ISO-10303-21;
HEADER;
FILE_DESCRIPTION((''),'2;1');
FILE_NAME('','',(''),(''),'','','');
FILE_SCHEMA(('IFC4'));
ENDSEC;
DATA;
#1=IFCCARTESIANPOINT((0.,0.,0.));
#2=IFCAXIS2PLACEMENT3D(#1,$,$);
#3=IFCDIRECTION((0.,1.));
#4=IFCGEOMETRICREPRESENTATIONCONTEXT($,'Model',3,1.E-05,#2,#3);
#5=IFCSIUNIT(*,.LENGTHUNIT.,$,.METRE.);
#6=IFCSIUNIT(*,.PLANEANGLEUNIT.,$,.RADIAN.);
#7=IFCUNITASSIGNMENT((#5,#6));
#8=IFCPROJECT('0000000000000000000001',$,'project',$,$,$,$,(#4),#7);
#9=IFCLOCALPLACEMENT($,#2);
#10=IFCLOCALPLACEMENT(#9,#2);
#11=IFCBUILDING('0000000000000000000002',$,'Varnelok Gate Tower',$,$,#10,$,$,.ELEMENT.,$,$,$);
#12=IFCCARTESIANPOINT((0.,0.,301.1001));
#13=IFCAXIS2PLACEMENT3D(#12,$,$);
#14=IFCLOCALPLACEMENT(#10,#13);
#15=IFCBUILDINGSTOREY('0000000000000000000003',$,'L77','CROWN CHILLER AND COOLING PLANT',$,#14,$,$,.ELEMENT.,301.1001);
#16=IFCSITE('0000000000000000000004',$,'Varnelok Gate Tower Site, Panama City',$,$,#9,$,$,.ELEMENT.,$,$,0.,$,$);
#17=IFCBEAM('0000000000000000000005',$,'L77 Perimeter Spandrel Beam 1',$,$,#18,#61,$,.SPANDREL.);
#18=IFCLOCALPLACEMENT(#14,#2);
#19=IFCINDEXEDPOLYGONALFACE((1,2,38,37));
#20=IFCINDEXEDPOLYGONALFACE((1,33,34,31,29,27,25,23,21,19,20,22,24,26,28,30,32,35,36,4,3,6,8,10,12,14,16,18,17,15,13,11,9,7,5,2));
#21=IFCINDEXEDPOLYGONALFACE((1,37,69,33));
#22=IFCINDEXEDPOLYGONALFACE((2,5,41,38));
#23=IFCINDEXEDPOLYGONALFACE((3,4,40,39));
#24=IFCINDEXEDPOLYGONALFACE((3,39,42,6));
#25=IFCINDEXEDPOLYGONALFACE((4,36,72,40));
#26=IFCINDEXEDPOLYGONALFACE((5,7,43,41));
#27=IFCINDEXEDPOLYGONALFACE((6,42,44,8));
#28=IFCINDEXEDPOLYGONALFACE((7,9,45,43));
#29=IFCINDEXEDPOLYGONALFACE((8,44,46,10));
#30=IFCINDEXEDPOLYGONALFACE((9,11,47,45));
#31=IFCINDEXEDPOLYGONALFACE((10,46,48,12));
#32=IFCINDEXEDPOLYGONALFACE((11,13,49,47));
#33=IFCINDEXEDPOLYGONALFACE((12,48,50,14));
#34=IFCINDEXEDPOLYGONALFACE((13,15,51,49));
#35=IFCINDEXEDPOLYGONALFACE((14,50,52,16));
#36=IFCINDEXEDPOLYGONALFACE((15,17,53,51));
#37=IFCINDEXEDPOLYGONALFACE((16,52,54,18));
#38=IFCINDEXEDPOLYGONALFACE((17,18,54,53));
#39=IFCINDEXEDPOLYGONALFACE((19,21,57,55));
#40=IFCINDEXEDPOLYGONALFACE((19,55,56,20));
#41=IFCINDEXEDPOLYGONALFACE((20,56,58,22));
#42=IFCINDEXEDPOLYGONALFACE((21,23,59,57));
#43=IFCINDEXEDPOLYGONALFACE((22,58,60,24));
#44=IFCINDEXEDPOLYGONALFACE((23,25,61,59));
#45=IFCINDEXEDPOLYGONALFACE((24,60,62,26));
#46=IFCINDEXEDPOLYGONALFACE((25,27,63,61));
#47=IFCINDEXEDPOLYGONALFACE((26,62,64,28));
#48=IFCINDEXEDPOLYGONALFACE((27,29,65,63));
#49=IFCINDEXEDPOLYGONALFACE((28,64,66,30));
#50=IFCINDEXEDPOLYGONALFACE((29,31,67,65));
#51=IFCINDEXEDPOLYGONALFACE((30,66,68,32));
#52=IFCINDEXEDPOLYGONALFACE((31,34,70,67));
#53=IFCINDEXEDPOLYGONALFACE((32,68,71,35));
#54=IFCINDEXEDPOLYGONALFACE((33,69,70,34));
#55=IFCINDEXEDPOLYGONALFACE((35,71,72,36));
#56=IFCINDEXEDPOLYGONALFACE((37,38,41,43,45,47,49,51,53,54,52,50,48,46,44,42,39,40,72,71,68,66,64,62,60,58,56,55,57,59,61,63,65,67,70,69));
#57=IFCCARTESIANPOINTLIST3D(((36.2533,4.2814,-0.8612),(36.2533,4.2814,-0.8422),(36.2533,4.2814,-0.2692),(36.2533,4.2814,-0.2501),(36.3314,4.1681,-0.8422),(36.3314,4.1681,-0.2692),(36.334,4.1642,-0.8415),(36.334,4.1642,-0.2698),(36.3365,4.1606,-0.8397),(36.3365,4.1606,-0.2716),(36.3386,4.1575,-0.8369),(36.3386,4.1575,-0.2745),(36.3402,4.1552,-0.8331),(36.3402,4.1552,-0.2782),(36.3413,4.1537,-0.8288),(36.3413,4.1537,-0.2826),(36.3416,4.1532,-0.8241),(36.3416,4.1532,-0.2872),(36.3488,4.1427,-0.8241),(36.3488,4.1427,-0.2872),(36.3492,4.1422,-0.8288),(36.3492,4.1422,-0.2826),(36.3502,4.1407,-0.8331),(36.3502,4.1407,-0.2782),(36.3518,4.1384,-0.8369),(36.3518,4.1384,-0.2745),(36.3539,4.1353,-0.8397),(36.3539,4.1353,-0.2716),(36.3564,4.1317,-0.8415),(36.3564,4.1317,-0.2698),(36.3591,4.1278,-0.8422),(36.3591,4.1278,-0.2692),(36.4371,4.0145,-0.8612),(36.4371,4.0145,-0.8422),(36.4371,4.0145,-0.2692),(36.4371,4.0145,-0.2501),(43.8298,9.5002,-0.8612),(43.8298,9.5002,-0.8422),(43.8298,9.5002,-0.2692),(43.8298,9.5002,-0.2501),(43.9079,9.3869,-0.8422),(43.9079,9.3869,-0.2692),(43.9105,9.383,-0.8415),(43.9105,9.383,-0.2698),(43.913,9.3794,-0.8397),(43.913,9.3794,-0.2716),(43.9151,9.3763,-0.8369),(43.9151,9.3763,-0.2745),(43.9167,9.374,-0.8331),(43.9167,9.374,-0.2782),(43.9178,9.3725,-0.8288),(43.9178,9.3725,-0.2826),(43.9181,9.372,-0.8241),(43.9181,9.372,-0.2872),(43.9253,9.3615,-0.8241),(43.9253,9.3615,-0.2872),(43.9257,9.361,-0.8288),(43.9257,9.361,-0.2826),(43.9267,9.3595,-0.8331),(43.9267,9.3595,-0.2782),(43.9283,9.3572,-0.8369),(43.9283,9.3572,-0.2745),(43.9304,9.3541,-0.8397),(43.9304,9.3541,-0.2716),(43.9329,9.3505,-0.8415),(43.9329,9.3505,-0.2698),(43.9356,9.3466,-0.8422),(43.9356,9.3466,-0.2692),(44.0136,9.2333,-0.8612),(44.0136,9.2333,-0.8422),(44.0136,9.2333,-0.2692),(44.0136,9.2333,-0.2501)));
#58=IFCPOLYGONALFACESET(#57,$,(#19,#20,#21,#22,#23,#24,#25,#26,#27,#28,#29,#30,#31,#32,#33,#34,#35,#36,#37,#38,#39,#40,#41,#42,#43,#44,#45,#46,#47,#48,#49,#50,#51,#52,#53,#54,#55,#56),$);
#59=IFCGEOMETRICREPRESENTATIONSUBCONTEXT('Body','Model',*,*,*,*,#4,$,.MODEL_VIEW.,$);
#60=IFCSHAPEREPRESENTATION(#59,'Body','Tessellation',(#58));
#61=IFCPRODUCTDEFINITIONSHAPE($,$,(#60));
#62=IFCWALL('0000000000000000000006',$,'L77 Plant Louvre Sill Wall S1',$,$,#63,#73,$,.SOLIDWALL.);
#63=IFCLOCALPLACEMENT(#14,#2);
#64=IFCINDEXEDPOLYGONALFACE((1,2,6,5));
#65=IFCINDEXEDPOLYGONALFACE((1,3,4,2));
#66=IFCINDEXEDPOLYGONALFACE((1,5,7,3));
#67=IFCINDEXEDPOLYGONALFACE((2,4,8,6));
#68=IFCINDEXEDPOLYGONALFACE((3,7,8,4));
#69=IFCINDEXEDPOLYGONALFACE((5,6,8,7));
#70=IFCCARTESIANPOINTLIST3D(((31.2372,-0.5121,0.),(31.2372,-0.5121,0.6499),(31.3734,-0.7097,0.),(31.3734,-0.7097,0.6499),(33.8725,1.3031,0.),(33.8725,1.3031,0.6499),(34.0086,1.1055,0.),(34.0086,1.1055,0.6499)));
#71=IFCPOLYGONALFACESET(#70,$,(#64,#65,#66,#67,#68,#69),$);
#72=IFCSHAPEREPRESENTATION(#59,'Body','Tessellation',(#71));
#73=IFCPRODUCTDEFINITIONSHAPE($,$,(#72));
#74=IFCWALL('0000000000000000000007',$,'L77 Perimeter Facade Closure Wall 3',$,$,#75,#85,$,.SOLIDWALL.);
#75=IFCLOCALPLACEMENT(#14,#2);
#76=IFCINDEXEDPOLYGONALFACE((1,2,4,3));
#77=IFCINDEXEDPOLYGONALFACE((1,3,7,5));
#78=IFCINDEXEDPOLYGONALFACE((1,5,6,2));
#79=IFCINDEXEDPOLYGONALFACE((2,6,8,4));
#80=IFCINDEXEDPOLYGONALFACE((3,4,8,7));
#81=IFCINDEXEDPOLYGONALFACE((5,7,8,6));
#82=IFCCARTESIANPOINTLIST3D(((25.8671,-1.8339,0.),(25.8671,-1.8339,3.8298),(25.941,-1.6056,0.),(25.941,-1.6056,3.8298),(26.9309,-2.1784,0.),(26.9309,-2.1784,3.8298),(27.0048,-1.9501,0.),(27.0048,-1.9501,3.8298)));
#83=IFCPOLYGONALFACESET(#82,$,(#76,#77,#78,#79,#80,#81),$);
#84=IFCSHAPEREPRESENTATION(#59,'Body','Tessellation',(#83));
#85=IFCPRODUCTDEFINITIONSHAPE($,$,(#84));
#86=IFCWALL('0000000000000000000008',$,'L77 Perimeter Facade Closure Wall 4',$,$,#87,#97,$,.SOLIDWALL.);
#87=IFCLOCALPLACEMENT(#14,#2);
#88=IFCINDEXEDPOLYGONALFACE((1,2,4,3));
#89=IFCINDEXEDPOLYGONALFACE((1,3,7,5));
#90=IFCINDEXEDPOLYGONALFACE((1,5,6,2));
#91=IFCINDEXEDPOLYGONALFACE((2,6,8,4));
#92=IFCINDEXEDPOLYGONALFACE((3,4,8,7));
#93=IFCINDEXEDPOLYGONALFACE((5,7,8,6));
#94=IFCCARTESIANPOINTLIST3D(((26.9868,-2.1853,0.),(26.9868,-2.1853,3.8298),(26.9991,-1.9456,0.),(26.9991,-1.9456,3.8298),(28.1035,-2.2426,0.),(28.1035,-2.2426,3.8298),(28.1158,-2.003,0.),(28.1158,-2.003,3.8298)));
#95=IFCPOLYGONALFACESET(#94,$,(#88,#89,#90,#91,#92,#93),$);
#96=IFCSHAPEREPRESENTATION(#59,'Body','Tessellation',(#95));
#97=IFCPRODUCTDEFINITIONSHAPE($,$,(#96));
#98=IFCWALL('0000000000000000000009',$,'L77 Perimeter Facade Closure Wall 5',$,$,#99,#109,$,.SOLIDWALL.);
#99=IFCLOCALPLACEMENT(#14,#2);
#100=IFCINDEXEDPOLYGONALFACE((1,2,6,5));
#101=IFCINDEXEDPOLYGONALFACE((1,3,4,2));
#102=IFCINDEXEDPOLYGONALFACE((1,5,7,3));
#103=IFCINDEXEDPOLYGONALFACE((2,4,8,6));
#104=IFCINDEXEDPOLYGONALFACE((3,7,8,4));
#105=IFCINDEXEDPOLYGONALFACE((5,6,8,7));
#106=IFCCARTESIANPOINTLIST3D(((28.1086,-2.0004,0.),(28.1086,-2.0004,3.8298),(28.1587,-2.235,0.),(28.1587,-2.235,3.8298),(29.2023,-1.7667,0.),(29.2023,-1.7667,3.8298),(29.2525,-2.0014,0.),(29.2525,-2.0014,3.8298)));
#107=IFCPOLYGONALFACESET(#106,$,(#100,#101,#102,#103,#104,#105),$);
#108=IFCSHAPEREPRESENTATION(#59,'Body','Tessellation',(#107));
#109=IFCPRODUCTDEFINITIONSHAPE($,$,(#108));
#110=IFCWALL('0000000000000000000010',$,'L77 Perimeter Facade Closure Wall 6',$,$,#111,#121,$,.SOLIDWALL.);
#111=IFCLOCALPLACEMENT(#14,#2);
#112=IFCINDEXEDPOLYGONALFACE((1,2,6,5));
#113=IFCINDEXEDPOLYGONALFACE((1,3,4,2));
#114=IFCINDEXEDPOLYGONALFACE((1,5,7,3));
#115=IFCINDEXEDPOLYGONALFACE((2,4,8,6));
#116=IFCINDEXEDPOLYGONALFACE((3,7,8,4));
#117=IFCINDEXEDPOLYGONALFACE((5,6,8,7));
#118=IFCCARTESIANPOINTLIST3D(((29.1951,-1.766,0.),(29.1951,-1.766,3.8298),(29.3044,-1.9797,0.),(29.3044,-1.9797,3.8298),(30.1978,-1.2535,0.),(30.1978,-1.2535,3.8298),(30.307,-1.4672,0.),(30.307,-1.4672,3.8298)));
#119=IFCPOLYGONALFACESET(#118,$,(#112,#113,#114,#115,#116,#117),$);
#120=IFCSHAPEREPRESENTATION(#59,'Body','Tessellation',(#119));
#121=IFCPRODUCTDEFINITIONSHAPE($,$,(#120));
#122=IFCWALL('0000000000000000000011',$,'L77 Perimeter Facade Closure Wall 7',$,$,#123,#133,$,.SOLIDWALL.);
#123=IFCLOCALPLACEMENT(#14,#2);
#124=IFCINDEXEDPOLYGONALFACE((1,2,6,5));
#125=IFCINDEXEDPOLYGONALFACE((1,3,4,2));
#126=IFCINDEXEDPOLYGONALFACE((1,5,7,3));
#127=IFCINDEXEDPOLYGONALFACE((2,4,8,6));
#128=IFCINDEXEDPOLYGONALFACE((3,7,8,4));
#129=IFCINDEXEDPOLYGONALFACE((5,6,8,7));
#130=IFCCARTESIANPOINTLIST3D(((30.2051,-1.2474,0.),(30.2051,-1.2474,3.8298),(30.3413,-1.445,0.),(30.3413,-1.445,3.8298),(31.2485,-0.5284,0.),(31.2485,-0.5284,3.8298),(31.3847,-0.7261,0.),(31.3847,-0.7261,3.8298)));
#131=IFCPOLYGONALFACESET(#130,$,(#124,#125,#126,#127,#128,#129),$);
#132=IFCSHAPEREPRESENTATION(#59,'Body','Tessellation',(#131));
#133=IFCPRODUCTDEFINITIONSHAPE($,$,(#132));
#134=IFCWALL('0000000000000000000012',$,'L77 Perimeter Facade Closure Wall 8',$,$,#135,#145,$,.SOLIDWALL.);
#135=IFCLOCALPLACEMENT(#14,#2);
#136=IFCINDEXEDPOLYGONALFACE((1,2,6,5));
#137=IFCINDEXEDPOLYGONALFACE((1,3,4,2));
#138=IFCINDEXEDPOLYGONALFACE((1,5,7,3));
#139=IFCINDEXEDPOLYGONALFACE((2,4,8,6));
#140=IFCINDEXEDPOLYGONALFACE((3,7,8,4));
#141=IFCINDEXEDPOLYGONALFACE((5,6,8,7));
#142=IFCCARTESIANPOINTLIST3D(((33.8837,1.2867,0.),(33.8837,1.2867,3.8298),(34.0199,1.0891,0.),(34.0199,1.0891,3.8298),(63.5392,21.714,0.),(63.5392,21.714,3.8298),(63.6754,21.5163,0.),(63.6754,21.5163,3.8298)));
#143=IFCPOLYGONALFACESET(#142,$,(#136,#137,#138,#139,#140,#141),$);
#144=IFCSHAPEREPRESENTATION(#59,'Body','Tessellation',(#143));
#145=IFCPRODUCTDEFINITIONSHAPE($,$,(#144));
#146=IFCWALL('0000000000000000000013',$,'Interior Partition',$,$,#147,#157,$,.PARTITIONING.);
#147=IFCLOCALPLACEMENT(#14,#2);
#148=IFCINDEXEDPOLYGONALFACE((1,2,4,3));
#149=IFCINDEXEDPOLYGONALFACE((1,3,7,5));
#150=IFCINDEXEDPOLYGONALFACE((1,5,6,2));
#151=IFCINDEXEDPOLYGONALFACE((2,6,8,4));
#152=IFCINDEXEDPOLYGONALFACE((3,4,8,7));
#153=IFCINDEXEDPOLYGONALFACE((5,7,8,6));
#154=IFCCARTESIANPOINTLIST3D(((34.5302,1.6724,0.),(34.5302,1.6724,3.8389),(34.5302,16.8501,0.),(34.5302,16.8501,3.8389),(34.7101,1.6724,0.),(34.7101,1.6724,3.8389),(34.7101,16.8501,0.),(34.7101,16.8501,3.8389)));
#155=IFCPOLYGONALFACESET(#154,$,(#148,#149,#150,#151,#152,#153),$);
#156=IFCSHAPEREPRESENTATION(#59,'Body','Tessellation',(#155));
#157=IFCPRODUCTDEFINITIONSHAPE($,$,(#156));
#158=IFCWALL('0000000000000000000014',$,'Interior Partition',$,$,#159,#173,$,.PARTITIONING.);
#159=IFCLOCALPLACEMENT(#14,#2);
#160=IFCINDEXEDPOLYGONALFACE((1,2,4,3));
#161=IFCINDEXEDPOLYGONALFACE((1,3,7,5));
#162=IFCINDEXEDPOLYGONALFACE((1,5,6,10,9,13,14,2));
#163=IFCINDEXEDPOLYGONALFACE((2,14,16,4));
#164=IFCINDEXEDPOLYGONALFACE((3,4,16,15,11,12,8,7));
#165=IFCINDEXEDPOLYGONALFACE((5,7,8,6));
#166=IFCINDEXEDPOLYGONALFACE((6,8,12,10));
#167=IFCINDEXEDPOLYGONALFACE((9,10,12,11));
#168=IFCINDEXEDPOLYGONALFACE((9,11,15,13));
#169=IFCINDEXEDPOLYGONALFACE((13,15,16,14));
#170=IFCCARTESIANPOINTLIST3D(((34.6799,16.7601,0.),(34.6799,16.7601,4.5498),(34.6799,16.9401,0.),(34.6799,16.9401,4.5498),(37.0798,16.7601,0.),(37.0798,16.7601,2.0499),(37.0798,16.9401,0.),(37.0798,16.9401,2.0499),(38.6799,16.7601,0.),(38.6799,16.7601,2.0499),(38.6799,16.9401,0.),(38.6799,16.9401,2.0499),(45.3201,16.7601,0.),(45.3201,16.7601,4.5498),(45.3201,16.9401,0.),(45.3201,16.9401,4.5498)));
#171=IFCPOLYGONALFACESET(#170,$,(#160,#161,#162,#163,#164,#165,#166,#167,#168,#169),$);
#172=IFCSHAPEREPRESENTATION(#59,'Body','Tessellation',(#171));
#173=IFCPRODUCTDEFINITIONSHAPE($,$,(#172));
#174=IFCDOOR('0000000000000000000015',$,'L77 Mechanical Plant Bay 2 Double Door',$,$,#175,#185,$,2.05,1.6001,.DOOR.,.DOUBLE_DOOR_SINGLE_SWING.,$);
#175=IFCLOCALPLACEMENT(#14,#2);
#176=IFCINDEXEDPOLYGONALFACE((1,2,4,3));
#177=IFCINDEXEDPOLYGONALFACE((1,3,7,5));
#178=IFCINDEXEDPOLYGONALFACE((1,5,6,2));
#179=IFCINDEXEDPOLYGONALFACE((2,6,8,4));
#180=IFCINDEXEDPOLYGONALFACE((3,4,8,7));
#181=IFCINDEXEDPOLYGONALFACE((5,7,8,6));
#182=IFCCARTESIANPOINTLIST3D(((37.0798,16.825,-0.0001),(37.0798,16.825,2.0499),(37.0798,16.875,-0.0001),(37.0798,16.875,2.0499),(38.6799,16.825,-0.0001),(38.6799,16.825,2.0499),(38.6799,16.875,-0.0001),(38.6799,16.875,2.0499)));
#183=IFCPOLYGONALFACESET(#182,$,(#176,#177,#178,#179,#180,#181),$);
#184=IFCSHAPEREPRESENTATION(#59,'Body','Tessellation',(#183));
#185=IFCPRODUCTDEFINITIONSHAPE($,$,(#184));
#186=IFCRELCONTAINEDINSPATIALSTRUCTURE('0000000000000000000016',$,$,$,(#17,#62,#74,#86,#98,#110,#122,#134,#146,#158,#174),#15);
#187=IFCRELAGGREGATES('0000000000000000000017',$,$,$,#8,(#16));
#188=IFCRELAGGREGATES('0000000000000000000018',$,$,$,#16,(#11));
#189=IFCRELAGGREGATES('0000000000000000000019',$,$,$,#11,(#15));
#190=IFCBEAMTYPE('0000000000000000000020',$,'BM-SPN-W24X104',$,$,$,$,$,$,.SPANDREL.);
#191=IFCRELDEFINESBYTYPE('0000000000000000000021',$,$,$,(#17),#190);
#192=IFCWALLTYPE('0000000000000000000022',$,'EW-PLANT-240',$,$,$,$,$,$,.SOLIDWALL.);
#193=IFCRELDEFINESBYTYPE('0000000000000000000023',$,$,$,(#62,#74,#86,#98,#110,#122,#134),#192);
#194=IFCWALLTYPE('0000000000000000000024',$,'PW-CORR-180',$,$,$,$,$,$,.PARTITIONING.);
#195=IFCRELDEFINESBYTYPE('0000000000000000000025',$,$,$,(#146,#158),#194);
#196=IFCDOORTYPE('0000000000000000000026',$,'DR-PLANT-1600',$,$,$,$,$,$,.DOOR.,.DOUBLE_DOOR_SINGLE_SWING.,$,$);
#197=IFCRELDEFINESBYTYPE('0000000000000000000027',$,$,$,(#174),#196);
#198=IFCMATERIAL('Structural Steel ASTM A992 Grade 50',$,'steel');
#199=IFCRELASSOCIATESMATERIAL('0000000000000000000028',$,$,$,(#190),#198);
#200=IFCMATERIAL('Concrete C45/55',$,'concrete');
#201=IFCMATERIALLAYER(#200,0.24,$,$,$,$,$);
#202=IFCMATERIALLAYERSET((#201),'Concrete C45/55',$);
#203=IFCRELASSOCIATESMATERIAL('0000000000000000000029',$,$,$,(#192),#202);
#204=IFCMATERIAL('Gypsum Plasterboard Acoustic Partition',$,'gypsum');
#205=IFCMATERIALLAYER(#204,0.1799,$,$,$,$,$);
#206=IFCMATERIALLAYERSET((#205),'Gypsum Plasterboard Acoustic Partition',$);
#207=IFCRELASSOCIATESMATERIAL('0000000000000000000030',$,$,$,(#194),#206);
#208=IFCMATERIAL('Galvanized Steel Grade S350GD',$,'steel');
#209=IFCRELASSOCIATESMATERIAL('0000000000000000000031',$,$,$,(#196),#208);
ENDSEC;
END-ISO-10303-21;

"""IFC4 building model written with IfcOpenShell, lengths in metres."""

from ifc_helpers import new_model, si_unit, direction, frame, frame_2d, origin, origin_2d, place, context, subcontext, project, spatial, rectangle, i_section, extrude, material, layer, layer_set, material_profile, profile_set, type_object, element, fill, save


model = new_model("IFC4")

# Units and contexts
model_context = context("Model", 3, precision=1e-05, world=origin(), true_north=direction((0.0, 1.0)))
body_context = subcontext(model_context, "Body", "Model", "MODEL_VIEW")
ifc_project = project(units=[si_unit("LENGTHUNIT", "METRE"), si_unit("PLANEANGLEUNIT", "RADIAN")], contexts=[model_context])

# Site, building, storey
site_placement = place(None, origin())
site = spatial("IfcSite", under=ifc_project, at=site_placement, Name="Varnelok Gate Tower Site, Panama City", CompositionType="ELEMENT", RefElevation=0.0)
building_placement = place(site_placement, origin())
building = spatial("IfcBuilding", under=site, at=building_placement, Name="Varnelok Gate Tower", CompositionType="ELEMENT")
storey_placement = place(building_placement, frame((0.0, 0.0, 301.1001)))
storey = spatial("IfcBuildingStorey", under=building, at=storey_placement, Name="L77", Description="CROWN CHILLER AND COOLING PLANT", CompositionType="ELEMENT", Elevation=301.1001)

# Shared definitions
ifc_material_1 = material(Name="Structural Steel ASTM A992 Grade 50", Category="steel")

# Beam
ifc_material_profile_1 = material_profile(ifc_material_1, i_section(OverallWidth=0.324, OverallDepth=0.6111, WebThickness=0.0127, FlangeThickness=0.019, FilletRadius=0.0181, at=origin_2d()), Name="W24X104")
ifc_profile_set_1 = profile_set([ifc_material_profile_1], Name="Structural Steel ASTM A992 Grade 50")
beam_type_1 = type_object("IfcBeamType", Name="BM-SPN-W24X104", PredefinedType="SPANDREL", material=ifc_profile_set_1)
beam_1_placement = place(storey_placement, frame((36.3452, 4.1479, -0.5557), z_axis=(0.823536, 0.567264, 0.0), x_axis=(-0.567264, 0.823536, 0.0)))
element("IfcBeam", 1, at=beam_1_placement, inside=storey, type_object=beam_type_1, Name="L77 Perimeter Spandrel Beam 1", PredefinedType="SPANDREL", context=body_context, shape_type="SweptSolid", body=[
    extrude(i_section(OverallWidth=0.324, OverallDepth=0.6111, WebThickness=0.0127, FlangeThickness=0.019, FilletRadius=0.0181, at=origin_2d()), origin(), (0.0, 0.0, 1.0), 9.2),
])

# Walls
ifc_material_2 = material(Name="Concrete C45/55", Category="concrete")
ifc_layer_1 = layer(ifc_material_2, 0.24)
ifc_layer_set_1 = layer_set([ifc_layer_1], Name="Concrete C45/55")
wall_type_1 = type_object("IfcWallType", Name="EW-PLANT-240", PredefinedType="SOLIDWALL", material=ifc_layer_set_1)
wall_1_placement = place(storey_placement, frame((33.9407, 1.2043, 0.0), z_axis=(0.0, 0.0, 1.0), x_axis=(-0.823538, -0.56726, 0.0)))
element("IfcWall", 2, at=wall_1_placement, inside=storey, type_object=wall_type_1, Name="L77 Plant Louvre Sill Wall S1", PredefinedType="SOLIDWALL", context=body_context, shape_type="SweptSolid", body=[
    extrude(rectangle(XDim=3.2, YDim=0.24, at=frame_2d((1.6001, 0.0))), origin(), (0.0, 0.0, 1.0), 0.6499),
])
for number, where, z_axis, x_axis, name in (
    (3, (25.9041, -1.7197, 0.0), (0.0, 0.0, 1.0), (0.951356, -0.308094, 0.0), "L77 Perimeter Facade Closure Wall 3"),
    (4, (26.9929, -2.0654, 0.0), (0.0, 0.0, 1.0), (0.998683, -0.05131, 0.0), "L77 Perimeter Facade Closure Wall 4"),
):
    element("IfcWall", number, at=place(storey_placement, frame(where, z_axis=z_axis, x_axis=x_axis)), inside=storey, type_object=wall_type_1, Name=name, PredefinedType="SOLIDWALL", context=body_context, shape_type="SweptSolid", body=[
        extrude(rectangle(XDim=1.1182, YDim=0.24, at=frame_2d((0.5591, 0.0))), origin(), (0.0, 0.0, 1.0), 3.8298),
    ])
wall_2_placement = place(storey_placement, frame((28.1338, -2.1177, 0.0), z_axis=(0.0, 0.0, 1.0), x_axis=(0.977936, 0.208903, 0.0)))
element("IfcWall", 5, at=wall_2_placement, inside=storey, type_object=wall_type_1, Name="L77 Perimeter Facade Closure Wall 5", PredefinedType="SOLIDWALL", context=body_context, shape_type="SweptSolid", body=[
    extrude(rectangle(XDim=1.1184, YDim=0.24, at=frame_2d((0.5591, 0.0))), origin(), (0.0, 0.0, 1.0), 3.8298),
])
wall_3_placement = place(storey_placement, frame((29.2498, -1.8728, 0.0), z_axis=(0.0, 0.0, 1.0), x_axis=(0.890446, 0.455088, 0.0)))
element("IfcWall", 6, at=wall_3_placement, inside=storey, type_object=wall_type_1, Name="L77 Perimeter Facade Closure Wall 6", PredefinedType="SOLIDWALL", context=body_context, shape_type="SweptSolid", body=[
    extrude(rectangle(XDim=1.126, YDim=0.24, at=frame_2d((0.563, 0.0))), origin(), (0.0, 0.0, 1.0), 3.8298),
])
wall_4_placement = place(storey_placement, frame((30.2732, -1.3462, 0.0), z_axis=(0.0, 0.0, 1.0), x_axis=(0.823446, 0.567395, 0.0)))
element("IfcWall", 7, at=wall_4_placement, inside=storey, type_object=wall_type_1, Name="L77 Perimeter Facade Closure Wall 7", PredefinedType="SOLIDWALL", context=body_context, shape_type="SweptSolid", body=[
    extrude(rectangle(XDim=1.2671, YDim=0.24, at=frame_2d((0.6335, 0.0))), origin(), (0.0, 0.0, 1.0), 3.8298),
])
wall_5_placement = place(storey_placement, frame((33.9519, 1.188, 0.0), z_axis=(0.0, 0.0, 1.0), x_axis=(0.823535, 0.567265, 0.0)))
element("IfcWall", 8, at=wall_5_placement, inside=storey, type_object=wall_type_1, Name="L77 Perimeter Facade Closure Wall 8", PredefinedType="SOLIDWALL", context=body_context, shape_type="SweptSolid", body=[
    extrude(rectangle(XDim=36.01, YDim=0.24, at=frame_2d((18.0049, 0.0))), origin(), (0.0, 0.0, 1.0), 3.8298),
])
ifc_material_3 = material(Name="Gypsum Plasterboard Acoustic Partition", Category="gypsum")
ifc_layer_2 = layer(ifc_material_3, 0.1799)
ifc_layer_set_2 = layer_set([ifc_layer_2], Name="Gypsum Plasterboard Acoustic Partition")
wall_type_2 = type_object("IfcWallType", Name="PW-CORR-180", PredefinedType="PARTITIONING", material=ifc_layer_set_2)
wall_6_placement = place(storey_placement, frame((34.6201, 1.6724, 0.0), z_axis=(0.0, 0.0, 1.0), x_axis=(0.0, 1.0, 0.0)))
element("IfcWall", 9, at=wall_6_placement, inside=storey, type_object=wall_type_2, Name="Interior Partition", PredefinedType="PARTITIONING", context=body_context, shape_type="SweptSolid", body=[
    extrude(rectangle(XDim=15.1777, YDim=0.1799, at=frame_2d((7.5889, 0.0))), origin(), (0.0, 0.0, 1.0), 3.8389),
])

# Wall, opening, door
wall_7_placement = place(storey_placement, frame((34.6799, 16.8501, 0.0), z_axis=(0.0, 0.0, 1.0), x_axis=(1.0, 0.0, 0.0)))
wall_7 = element("IfcWall", 10, at=wall_7_placement, inside=storey, type_object=wall_type_2, Name="Interior Partition", PredefinedType="PARTITIONING", context=body_context, shape_type="SweptSolid", body=[
    extrude(rectangle(XDim=10.6401, YDim=0.1799, at=frame_2d((5.3201, 0.0))), origin(), (0.0, 0.0, 1.0), 4.5498),
])
opening_placement = place(wall_7_placement, frame((2.3999, 0.0, 0.0)))
opening = element("IfcOpeningElement", 11, at=opening_placement, cuts=wall_7, PredefinedType="OPENING", context=body_context, shape_type="SweptSolid", body=[
    extrude(rectangle(XDim=1.6001, YDim=2.05, at=frame_2d((0.8, 1.0249))), frame((0.0, 0.0999, 0.0), z_axis=(0.0, -1.0, 0.0), x_axis=(1.0, 0.0, 0.0)), (0.0, 0.0, 1.0), 0.2),
])
ifc_material_4 = material(Name="Galvanized Steel Grade S350GD", Category="steel")
door_type = type_object("IfcDoorType", Name="DR-PLANT-1600", OperationType="DOUBLE_DOOR_SINGLE_SWING", PredefinedType="DOOR", material=ifc_material_4)
door_placement = place(opening_placement, origin())
door = element("IfcDoor", 12, at=door_placement, inside=storey, type_object=door_type, Name="L77 Mechanical Plant Bay 2 Double Door", OperationType="DOUBLE_DOOR_SINGLE_SWING", OverallHeight=2.05, OverallWidth=1.6001, PredefinedType="DOOR", context=body_context, shape_type="SweptSolid", body=[
    extrude(rectangle(XDim=1.6001, YDim=2.05, at=frame_2d((0.8, 1.0249))), frame((0.0, 0.0249, 0.0), z_axis=(0.0, -1.0, 0.0), x_axis=(1.0, 0.0, 0.0)), (0.0, 0.0, 1.0), 0.05),
])
fill(opening, door)

save(model, "model.ifc")
